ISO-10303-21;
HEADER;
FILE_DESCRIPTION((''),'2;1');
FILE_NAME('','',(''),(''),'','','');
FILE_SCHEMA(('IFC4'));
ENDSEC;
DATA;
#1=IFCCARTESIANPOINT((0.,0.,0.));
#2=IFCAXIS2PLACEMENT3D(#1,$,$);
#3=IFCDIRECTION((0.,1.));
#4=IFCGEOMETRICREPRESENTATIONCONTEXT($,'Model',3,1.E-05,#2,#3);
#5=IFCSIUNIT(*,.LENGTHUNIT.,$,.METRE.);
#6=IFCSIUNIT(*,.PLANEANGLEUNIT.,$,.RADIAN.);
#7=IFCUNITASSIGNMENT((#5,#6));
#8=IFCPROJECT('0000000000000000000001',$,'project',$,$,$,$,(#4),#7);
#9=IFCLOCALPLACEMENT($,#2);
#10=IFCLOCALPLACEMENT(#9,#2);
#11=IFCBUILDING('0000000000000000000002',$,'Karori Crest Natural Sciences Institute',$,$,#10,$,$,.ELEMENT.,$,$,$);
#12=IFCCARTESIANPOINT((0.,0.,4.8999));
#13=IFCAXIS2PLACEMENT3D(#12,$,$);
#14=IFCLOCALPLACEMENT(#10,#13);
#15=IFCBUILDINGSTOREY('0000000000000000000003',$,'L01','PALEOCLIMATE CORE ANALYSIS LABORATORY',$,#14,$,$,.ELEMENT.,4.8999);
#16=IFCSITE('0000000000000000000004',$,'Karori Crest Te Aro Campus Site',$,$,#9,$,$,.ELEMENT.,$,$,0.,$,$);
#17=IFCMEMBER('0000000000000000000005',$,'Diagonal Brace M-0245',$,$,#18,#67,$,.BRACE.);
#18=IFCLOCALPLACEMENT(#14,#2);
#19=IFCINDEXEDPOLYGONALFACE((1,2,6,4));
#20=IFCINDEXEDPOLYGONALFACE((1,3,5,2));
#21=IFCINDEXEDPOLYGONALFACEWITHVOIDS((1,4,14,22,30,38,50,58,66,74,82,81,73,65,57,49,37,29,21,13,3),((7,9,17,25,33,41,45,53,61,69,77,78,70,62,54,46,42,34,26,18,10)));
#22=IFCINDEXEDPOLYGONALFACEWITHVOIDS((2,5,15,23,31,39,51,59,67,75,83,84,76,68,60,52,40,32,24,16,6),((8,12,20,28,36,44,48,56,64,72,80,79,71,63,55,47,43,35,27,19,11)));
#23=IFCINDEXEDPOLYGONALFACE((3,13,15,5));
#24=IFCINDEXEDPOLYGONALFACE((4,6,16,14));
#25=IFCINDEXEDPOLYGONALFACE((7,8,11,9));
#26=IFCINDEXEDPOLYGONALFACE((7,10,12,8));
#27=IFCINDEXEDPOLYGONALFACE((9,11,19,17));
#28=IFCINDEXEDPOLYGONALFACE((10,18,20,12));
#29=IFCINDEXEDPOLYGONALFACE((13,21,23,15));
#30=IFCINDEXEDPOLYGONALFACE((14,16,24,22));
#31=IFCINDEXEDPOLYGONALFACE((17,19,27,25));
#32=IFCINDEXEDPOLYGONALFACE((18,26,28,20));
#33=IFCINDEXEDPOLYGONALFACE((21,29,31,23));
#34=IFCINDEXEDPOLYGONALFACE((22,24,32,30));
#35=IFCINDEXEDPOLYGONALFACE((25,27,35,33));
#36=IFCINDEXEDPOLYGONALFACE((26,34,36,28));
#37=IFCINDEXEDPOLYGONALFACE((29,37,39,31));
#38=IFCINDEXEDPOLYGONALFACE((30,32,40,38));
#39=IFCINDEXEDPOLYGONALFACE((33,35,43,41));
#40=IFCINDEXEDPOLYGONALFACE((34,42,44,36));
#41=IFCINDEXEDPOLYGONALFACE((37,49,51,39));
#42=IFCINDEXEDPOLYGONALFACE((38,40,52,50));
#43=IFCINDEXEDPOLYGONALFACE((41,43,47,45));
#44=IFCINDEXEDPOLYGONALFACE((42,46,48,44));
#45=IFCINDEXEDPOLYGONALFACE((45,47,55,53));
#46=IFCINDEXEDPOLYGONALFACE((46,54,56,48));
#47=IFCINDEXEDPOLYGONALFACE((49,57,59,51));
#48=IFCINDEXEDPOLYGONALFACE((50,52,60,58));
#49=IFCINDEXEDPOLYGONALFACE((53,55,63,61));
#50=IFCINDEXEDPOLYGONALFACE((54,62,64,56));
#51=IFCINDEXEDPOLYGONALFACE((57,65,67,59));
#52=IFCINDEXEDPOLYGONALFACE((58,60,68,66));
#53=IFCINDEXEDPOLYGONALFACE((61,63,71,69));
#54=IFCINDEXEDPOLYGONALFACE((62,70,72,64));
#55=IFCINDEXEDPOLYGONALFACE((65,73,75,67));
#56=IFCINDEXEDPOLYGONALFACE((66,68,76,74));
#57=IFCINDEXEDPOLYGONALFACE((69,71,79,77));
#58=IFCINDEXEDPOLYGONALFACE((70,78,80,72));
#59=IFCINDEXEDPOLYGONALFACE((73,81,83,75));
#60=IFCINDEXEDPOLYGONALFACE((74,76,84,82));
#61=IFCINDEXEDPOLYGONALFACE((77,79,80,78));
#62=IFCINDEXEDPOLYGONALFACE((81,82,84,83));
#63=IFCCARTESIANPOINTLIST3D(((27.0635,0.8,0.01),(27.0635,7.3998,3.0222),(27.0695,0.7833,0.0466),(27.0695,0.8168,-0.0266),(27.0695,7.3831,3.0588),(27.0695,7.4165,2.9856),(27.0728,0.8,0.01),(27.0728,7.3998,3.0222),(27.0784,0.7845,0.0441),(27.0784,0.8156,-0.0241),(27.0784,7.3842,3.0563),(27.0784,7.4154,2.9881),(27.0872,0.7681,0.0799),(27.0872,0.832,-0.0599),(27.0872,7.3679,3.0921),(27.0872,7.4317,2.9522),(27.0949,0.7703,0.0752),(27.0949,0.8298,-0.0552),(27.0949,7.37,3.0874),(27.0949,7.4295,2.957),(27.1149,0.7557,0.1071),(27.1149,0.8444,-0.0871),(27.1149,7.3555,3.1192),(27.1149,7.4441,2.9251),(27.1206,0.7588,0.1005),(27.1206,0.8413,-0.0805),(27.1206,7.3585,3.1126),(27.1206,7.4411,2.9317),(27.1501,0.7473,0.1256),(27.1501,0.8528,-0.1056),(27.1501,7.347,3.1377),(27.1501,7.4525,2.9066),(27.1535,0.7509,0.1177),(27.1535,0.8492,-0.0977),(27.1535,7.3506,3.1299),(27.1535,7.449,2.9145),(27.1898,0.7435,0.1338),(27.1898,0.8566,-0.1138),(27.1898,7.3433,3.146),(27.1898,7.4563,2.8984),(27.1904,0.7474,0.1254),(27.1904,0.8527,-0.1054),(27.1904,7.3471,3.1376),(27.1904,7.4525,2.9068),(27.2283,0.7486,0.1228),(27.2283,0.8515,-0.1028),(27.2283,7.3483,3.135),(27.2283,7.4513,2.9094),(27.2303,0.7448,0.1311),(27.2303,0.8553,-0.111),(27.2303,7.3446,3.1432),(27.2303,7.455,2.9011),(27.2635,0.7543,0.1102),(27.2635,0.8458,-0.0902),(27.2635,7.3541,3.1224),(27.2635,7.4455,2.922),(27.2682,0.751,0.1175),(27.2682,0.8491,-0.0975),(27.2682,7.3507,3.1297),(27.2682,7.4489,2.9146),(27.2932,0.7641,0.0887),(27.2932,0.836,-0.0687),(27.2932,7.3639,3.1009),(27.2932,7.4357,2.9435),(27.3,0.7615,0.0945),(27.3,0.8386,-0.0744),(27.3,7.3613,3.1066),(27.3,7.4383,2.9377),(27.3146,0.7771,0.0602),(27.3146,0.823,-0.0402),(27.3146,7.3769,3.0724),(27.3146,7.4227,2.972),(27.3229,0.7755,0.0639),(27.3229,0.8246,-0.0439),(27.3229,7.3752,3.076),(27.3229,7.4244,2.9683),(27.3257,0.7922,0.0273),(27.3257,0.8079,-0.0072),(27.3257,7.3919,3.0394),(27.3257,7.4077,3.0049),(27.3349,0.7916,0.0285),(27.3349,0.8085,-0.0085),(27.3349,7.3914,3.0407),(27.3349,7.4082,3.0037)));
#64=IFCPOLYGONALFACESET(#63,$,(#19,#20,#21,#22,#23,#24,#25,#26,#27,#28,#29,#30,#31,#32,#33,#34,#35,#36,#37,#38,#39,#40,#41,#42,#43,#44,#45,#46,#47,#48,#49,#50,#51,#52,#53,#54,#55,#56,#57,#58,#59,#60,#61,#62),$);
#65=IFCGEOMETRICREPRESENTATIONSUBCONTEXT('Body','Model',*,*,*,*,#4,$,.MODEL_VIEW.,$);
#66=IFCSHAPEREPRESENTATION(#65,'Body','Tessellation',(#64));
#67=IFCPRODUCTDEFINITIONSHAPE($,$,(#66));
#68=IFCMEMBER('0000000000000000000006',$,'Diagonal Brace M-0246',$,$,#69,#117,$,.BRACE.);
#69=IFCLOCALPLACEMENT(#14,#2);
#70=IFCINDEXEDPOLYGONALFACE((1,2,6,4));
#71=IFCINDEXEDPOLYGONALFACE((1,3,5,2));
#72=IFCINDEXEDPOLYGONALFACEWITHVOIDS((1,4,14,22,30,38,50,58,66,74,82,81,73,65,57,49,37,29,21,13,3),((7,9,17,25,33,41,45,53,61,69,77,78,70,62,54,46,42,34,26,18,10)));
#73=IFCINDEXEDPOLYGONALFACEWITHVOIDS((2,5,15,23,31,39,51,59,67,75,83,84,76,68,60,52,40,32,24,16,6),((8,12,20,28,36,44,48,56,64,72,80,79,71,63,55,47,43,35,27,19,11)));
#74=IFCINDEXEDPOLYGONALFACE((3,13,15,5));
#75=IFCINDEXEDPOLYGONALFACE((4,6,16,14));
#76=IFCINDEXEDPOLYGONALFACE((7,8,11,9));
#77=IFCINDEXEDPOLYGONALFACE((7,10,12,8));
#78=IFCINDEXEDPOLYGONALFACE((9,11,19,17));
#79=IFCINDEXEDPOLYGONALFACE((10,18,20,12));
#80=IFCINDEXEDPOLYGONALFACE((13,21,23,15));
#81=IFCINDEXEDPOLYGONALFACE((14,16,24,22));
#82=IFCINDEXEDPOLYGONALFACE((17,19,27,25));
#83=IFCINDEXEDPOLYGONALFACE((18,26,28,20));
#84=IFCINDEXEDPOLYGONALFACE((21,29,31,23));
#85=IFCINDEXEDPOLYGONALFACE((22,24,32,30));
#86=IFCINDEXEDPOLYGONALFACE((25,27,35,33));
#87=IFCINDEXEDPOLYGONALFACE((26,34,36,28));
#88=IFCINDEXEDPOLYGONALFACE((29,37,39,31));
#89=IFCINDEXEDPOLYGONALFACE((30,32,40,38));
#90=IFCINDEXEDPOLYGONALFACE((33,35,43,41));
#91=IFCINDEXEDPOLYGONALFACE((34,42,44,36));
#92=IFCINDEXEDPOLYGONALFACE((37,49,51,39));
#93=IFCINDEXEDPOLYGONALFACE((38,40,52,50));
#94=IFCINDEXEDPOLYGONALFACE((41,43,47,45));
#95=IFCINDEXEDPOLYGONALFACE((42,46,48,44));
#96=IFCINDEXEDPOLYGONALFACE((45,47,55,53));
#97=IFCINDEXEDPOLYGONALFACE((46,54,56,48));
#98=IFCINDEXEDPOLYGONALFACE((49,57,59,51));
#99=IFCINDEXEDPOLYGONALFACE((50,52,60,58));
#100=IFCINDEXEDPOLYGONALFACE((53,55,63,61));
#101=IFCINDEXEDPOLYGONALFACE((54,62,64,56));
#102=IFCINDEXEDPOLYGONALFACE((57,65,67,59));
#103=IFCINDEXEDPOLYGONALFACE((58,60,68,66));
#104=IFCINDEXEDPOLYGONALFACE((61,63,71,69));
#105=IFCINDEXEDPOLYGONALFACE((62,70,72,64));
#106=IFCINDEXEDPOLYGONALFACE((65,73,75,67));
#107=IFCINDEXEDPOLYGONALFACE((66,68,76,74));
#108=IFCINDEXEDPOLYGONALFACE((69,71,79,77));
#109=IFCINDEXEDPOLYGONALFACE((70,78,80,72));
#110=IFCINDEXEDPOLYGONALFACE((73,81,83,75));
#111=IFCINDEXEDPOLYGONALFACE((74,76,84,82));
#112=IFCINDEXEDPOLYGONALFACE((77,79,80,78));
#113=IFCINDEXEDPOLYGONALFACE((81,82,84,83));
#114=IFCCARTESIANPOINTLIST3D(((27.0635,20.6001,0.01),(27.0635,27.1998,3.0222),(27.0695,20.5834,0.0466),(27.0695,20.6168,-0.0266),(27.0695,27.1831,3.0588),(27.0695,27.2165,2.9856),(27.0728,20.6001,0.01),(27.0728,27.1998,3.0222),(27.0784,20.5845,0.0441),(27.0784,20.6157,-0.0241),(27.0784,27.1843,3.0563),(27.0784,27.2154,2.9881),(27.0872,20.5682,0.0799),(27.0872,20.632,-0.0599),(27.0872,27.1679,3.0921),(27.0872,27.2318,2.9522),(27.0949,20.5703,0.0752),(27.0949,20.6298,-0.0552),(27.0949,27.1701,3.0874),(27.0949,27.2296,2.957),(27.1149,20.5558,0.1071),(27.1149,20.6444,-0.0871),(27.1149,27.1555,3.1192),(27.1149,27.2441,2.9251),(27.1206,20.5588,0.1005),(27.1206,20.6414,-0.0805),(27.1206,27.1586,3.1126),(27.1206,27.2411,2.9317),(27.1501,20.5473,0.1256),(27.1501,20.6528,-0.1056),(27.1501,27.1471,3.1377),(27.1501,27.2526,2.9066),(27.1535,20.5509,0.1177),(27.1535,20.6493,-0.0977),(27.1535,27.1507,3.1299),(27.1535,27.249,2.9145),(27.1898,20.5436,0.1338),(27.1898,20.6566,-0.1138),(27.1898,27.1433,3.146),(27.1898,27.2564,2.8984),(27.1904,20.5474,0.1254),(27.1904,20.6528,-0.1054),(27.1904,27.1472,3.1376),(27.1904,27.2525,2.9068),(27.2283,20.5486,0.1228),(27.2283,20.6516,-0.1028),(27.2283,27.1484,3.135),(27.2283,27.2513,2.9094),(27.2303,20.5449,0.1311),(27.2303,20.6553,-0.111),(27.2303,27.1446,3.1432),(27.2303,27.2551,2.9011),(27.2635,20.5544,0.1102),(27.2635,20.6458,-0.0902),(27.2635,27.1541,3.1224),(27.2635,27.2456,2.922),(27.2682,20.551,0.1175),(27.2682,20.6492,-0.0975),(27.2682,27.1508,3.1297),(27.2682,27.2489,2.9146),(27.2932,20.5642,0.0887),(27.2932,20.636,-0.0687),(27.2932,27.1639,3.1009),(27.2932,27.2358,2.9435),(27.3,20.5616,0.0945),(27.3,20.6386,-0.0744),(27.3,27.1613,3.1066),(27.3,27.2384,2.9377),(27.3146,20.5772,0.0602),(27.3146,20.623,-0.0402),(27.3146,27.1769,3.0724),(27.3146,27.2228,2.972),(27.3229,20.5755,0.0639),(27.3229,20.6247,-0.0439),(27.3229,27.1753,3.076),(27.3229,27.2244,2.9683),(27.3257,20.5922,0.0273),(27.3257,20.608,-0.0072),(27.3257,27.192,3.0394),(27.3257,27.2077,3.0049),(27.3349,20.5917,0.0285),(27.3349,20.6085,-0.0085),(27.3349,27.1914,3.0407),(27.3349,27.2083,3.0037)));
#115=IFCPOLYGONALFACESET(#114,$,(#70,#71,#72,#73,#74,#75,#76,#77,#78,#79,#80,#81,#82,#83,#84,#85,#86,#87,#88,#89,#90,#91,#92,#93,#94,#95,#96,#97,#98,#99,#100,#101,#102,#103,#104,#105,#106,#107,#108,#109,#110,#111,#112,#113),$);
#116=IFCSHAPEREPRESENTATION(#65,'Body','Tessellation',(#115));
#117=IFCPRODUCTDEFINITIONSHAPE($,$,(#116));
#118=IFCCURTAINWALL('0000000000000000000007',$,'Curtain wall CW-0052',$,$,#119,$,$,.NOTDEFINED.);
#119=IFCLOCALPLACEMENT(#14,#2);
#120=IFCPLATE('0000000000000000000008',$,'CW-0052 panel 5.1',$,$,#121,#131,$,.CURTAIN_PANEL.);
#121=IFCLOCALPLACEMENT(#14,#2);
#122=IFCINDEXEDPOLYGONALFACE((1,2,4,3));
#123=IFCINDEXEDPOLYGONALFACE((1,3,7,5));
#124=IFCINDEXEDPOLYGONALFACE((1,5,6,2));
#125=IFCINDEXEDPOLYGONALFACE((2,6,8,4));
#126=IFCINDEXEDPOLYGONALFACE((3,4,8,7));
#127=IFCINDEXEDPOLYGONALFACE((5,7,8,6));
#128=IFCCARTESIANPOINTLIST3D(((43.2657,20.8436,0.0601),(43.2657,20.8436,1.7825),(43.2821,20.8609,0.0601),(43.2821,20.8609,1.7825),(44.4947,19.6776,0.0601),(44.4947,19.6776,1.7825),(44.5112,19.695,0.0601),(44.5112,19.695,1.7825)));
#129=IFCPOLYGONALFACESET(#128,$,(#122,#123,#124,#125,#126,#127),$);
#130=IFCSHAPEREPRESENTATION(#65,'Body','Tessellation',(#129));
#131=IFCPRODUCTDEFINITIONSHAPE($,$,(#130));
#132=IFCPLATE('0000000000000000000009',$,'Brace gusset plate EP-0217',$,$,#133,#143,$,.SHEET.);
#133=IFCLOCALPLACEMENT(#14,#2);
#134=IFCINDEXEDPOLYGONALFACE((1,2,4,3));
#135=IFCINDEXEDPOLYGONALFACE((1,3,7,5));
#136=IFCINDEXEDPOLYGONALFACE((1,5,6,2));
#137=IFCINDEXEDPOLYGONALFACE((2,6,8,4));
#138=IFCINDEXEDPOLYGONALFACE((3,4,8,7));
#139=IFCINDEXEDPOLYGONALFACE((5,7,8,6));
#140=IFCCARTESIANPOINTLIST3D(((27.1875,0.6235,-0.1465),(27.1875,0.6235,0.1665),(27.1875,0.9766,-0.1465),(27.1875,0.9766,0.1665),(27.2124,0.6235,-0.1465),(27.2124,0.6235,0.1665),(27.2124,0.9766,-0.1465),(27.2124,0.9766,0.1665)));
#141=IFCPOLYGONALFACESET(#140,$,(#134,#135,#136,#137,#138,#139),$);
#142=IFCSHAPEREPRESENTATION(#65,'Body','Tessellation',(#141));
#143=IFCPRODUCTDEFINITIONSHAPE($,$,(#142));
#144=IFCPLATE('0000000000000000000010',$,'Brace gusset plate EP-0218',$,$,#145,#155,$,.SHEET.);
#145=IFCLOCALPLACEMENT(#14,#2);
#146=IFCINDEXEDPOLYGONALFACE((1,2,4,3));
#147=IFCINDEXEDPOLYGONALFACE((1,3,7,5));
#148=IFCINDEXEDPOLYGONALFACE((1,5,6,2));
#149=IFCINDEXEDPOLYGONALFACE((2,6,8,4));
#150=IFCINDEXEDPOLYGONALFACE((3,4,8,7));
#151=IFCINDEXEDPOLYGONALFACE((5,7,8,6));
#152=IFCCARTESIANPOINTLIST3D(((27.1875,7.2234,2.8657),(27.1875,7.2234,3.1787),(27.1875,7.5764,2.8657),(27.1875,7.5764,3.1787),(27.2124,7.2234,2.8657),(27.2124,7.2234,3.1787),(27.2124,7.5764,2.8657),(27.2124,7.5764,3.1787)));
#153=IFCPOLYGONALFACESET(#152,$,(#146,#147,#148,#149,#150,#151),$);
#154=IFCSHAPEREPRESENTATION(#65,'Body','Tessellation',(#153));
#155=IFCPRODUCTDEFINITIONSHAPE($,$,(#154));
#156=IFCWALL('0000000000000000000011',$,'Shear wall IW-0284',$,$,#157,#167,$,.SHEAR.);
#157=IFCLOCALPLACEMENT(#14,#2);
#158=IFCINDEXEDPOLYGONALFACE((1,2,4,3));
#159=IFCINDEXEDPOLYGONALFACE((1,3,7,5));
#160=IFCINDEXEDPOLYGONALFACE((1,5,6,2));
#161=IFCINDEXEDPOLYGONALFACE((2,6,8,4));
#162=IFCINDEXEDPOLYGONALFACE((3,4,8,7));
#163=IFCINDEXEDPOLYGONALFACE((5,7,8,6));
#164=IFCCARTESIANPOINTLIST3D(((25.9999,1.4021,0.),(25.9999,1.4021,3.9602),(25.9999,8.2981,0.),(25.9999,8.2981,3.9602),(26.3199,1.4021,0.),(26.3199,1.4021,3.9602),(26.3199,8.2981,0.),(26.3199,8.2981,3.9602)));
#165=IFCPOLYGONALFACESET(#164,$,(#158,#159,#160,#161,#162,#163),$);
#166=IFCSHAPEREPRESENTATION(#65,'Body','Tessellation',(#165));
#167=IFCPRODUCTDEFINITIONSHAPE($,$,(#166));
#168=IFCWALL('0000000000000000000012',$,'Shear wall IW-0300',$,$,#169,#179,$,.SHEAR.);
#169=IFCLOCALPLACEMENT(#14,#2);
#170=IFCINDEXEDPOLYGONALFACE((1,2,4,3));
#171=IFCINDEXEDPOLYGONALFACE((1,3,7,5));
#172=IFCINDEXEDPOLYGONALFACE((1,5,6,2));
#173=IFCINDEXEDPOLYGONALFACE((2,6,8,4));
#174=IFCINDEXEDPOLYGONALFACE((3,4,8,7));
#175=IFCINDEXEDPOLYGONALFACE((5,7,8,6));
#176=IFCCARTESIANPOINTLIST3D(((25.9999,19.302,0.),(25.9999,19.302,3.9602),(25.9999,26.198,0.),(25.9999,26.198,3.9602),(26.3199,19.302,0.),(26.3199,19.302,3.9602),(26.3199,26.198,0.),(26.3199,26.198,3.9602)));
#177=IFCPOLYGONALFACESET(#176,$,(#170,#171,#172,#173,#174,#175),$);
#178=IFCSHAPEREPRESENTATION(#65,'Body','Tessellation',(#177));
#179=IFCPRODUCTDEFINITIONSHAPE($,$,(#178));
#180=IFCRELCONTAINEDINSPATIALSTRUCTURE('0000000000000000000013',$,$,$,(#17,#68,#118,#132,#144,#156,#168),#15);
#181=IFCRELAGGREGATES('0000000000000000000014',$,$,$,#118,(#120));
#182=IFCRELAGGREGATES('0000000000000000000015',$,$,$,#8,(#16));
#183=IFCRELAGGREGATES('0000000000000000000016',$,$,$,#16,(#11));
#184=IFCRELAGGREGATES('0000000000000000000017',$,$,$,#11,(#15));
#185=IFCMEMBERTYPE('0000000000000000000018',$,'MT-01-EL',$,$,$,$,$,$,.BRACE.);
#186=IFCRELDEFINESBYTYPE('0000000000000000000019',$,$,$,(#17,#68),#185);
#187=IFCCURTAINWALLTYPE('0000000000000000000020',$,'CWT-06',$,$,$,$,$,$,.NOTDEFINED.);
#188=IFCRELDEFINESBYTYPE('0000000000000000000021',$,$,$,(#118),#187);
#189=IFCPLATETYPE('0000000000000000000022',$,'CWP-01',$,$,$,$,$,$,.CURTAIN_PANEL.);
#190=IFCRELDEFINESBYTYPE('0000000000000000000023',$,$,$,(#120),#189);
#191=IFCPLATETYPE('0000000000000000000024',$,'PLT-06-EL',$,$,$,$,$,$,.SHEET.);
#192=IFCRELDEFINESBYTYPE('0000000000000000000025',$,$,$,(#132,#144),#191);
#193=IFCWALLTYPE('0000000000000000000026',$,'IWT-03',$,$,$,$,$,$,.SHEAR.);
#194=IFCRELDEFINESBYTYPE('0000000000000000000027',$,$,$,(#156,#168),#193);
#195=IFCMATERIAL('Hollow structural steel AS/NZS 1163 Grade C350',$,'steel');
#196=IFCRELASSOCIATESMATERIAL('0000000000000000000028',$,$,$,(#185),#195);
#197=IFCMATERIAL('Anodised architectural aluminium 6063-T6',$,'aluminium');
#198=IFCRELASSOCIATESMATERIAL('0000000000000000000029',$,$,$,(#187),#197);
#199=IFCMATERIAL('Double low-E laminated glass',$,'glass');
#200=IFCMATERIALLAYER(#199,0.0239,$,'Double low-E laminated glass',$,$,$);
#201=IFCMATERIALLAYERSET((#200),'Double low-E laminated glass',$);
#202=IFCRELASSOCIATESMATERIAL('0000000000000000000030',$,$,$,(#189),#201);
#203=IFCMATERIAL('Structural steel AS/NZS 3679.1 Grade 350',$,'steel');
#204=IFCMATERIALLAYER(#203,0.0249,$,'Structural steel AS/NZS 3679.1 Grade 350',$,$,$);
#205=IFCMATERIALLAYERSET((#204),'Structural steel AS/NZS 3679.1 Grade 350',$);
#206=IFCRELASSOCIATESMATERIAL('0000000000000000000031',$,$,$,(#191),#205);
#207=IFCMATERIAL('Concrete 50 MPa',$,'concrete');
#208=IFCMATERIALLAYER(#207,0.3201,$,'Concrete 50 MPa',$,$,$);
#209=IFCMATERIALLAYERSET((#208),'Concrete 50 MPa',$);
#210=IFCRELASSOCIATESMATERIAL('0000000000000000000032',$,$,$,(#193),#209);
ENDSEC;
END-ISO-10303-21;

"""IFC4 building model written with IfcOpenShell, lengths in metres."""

from ifc_helpers import new_model, si_unit, direction, frame, frame_2d, origin, origin_2d, place, context, subcontext, project, spatial, rectangle, hollow_circle, extrude, material, layer, layer_set, material_profile, profile_set, type_object, element, aggregate, save


model = new_model("IFC4")

# Units and contexts
model_context = context("Model", 3, precision=1e-05, world=origin(), true_north=direction((0.0, 1.0)))
body_context = subcontext(model_context, "Body", "Model", "MODEL_VIEW")
ifc_project = project(units=[si_unit("LENGTHUNIT", "METRE"), si_unit("PLANEANGLEUNIT", "RADIAN")], contexts=[model_context])

# Site, building, storey
site_placement = place(None, origin())
site = spatial("IfcSite", under=ifc_project, at=site_placement, Name="Karori Crest Te Aro Campus Site", CompositionType="ELEMENT", RefElevation=0.0)
building_placement = place(site_placement, origin())
building = spatial("IfcBuilding", under=site, at=building_placement, Name="Karori Crest Natural Sciences Institute", CompositionType="ELEMENT")
storey_placement = place(building_placement, frame((0.0, 0.0, 4.8999)))
storey = spatial("IfcBuildingStorey", under=building, at=storey_placement, Name="L01", Description="PALEOCLIMATE CORE ANALYSIS LABORATORY", CompositionType="ELEMENT", Elevation=4.8999)

# Shared definitions
ifc_material_1 = material(Name="Structural steel AS/NZS 3679.1 Grade 350", Category="steel")

# Members
ifc_material_2 = material(Name="Hollow structural steel AS/NZS 1163 Grade C350", Category="steel")
ifc_material_profile_1 = material_profile(ifc_material_2, hollow_circle(Radius=0.1365, WallThickness=0.0093, at=origin_2d()), Name="CHS273.0x9.3")
ifc_profile_set_1 = profile_set([ifc_material_profile_1], Name="Hollow structural steel AS/NZS 1163 Grade C350")
member_type = type_object("IfcMemberType", Name="MT-01-EL", PredefinedType="BRACE", material=ifc_profile_set_1)
for number, where, z_axis, x_axis, name in (
    (1, (27.2, 0.8, 0.01), (0.0, 0.909728, 0.415205), (-1.0, 0.0, 0.0), "Diagonal Brace M-0245"),
    (2, (27.2, 20.6001, 0.01), (0.0, 0.909728, 0.415205), (-1.0, 0.0, 0.0), "Diagonal Brace M-0246"),
):
    element("IfcMember", number, at=place(storey_placement, frame(where, z_axis=z_axis, x_axis=x_axis)), inside=storey, type_object=member_type, Name=name, PredefinedType="BRACE", context=body_context, shape_type="SweptSolid", body=[
        extrude(hollow_circle(Radius=0.1365, WallThickness=0.0093, at=origin_2d()), origin(), (0.0, 0.0, 1.0), 7.2546),
    ])

# Curtain wall, plate
ifc_material_3 = material(Name="Anodised architectural aluminium 6063-T6", Category="aluminium")
curtain_wall_type = type_object("IfcCurtainWallType", Name="CWT-06", PredefinedType="NOTDEFINED", material=ifc_material_3)
curtain_wall_placement = place(storey_placement, origin())
curtain_wall = element("IfcCurtainWall", 3, at=curtain_wall_placement, inside=storey, type_object=curtain_wall_type, Name="Curtain wall CW-0052", PredefinedType="NOTDEFINED")
ifc_material_4 = material(Name="Double low-E laminated glass", Category="glass")
ifc_layer_1 = layer(ifc_material_4, 0.0239, Name="Double low-E laminated glass")
ifc_layer_set_1 = layer_set([ifc_layer_1], Name="Double low-E laminated glass")
plate_type_1 = type_object("IfcPlateType", Name="CWP-01", PredefinedType="CURTAIN_PANEL", material=ifc_layer_set_1)
plate_placement = place(storey_placement, frame((43.8884, 20.2693, 0.0601), z_axis=(0.0, 0.0, 1.0), x_axis=(-0.725477, 0.688246, 0.0)))
plate = element("IfcPlate", 4, at=plate_placement, type_object=plate_type_1, Name="CW-0052 panel 5.1", PredefinedType="CURTAIN_PANEL", context=body_context, shape_type="SweptSolid", body=[
    extrude(rectangle(XDim=1.6941, YDim=0.0239, at=origin_2d()), origin(), (0.0, 0.0, 1.0), 1.7224),
])
aggregate(curtain_wall, [plate])

# Plates
ifc_layer_2 = layer(ifc_material_1, 0.0249, Name="Structural steel AS/NZS 3679.1 Grade 350")
ifc_layer_set_2 = layer_set([ifc_layer_2], Name="Structural steel AS/NZS 3679.1 Grade 350")
plate_type_2 = type_object("IfcPlateType", Name="PLT-06-EL", PredefinedType="SHEET", material=ifc_layer_set_2)
for number, where, z_axis, x_axis, name in (
    (5, (27.2, 0.8, -0.1465), (0.0, 0.0, 1.0), (0.0, 1.0, 0.0), "Brace gusset plate EP-0217"),
    (6, (27.2, 7.3999, 2.8657), (0.0, 0.0, 1.0), (0.0, 1.0, 0.0), "Brace gusset plate EP-0218"),
):
    element("IfcPlate", number, at=place(storey_placement, frame(where, z_axis=z_axis, x_axis=x_axis)), inside=storey, type_object=plate_type_2, Name=name, PredefinedType="SHEET", context=body_context, shape_type="SweptSolid", body=[
        extrude(rectangle(XDim=0.353, YDim=0.0249, at=origin_2d()), origin(), (0.0, 0.0, 1.0), 0.313),
    ])

# Walls
ifc_material_5 = material(Name="Concrete 50 MPa", Category="concrete")
ifc_layer_3 = layer(ifc_material_5, 0.3201, Name="Concrete 50 MPa")
ifc_layer_set_3 = layer_set([ifc_layer_3], Name="Concrete 50 MPa")
wall_type_1 = type_object("IfcWallType", Name="IWT-03", PredefinedType="SHEAR", material=ifc_layer_set_3)
for number, where, z_axis, x_axis, name in (
    (7, (26.1599, 1.4021, 0.0), (0.0, 0.0, 1.0), (0.0, 1.0, 0.0), "Shear wall IW-0284"),
    (8, (26.1599, 19.302, 0.0), (0.0, 0.0, 1.0), (0.0, 1.0, 0.0), "Shear wall IW-0300"),
):
    element("IfcWall", number, at=place(storey_placement, frame(where, z_axis=z_axis, x_axis=x_axis)), inside=storey, type_object=wall_type_1, Name=name, PredefinedType="SHEAR", context=body_context, shape_type="SweptSolid", body=[
        extrude(rectangle(XDim=6.896, YDim=0.3201, at=frame_2d((3.448, 0.0))), origin(), (0.0, 0.0, 1.0), 3.9602),
    ])

save(model, "model.ifc")
